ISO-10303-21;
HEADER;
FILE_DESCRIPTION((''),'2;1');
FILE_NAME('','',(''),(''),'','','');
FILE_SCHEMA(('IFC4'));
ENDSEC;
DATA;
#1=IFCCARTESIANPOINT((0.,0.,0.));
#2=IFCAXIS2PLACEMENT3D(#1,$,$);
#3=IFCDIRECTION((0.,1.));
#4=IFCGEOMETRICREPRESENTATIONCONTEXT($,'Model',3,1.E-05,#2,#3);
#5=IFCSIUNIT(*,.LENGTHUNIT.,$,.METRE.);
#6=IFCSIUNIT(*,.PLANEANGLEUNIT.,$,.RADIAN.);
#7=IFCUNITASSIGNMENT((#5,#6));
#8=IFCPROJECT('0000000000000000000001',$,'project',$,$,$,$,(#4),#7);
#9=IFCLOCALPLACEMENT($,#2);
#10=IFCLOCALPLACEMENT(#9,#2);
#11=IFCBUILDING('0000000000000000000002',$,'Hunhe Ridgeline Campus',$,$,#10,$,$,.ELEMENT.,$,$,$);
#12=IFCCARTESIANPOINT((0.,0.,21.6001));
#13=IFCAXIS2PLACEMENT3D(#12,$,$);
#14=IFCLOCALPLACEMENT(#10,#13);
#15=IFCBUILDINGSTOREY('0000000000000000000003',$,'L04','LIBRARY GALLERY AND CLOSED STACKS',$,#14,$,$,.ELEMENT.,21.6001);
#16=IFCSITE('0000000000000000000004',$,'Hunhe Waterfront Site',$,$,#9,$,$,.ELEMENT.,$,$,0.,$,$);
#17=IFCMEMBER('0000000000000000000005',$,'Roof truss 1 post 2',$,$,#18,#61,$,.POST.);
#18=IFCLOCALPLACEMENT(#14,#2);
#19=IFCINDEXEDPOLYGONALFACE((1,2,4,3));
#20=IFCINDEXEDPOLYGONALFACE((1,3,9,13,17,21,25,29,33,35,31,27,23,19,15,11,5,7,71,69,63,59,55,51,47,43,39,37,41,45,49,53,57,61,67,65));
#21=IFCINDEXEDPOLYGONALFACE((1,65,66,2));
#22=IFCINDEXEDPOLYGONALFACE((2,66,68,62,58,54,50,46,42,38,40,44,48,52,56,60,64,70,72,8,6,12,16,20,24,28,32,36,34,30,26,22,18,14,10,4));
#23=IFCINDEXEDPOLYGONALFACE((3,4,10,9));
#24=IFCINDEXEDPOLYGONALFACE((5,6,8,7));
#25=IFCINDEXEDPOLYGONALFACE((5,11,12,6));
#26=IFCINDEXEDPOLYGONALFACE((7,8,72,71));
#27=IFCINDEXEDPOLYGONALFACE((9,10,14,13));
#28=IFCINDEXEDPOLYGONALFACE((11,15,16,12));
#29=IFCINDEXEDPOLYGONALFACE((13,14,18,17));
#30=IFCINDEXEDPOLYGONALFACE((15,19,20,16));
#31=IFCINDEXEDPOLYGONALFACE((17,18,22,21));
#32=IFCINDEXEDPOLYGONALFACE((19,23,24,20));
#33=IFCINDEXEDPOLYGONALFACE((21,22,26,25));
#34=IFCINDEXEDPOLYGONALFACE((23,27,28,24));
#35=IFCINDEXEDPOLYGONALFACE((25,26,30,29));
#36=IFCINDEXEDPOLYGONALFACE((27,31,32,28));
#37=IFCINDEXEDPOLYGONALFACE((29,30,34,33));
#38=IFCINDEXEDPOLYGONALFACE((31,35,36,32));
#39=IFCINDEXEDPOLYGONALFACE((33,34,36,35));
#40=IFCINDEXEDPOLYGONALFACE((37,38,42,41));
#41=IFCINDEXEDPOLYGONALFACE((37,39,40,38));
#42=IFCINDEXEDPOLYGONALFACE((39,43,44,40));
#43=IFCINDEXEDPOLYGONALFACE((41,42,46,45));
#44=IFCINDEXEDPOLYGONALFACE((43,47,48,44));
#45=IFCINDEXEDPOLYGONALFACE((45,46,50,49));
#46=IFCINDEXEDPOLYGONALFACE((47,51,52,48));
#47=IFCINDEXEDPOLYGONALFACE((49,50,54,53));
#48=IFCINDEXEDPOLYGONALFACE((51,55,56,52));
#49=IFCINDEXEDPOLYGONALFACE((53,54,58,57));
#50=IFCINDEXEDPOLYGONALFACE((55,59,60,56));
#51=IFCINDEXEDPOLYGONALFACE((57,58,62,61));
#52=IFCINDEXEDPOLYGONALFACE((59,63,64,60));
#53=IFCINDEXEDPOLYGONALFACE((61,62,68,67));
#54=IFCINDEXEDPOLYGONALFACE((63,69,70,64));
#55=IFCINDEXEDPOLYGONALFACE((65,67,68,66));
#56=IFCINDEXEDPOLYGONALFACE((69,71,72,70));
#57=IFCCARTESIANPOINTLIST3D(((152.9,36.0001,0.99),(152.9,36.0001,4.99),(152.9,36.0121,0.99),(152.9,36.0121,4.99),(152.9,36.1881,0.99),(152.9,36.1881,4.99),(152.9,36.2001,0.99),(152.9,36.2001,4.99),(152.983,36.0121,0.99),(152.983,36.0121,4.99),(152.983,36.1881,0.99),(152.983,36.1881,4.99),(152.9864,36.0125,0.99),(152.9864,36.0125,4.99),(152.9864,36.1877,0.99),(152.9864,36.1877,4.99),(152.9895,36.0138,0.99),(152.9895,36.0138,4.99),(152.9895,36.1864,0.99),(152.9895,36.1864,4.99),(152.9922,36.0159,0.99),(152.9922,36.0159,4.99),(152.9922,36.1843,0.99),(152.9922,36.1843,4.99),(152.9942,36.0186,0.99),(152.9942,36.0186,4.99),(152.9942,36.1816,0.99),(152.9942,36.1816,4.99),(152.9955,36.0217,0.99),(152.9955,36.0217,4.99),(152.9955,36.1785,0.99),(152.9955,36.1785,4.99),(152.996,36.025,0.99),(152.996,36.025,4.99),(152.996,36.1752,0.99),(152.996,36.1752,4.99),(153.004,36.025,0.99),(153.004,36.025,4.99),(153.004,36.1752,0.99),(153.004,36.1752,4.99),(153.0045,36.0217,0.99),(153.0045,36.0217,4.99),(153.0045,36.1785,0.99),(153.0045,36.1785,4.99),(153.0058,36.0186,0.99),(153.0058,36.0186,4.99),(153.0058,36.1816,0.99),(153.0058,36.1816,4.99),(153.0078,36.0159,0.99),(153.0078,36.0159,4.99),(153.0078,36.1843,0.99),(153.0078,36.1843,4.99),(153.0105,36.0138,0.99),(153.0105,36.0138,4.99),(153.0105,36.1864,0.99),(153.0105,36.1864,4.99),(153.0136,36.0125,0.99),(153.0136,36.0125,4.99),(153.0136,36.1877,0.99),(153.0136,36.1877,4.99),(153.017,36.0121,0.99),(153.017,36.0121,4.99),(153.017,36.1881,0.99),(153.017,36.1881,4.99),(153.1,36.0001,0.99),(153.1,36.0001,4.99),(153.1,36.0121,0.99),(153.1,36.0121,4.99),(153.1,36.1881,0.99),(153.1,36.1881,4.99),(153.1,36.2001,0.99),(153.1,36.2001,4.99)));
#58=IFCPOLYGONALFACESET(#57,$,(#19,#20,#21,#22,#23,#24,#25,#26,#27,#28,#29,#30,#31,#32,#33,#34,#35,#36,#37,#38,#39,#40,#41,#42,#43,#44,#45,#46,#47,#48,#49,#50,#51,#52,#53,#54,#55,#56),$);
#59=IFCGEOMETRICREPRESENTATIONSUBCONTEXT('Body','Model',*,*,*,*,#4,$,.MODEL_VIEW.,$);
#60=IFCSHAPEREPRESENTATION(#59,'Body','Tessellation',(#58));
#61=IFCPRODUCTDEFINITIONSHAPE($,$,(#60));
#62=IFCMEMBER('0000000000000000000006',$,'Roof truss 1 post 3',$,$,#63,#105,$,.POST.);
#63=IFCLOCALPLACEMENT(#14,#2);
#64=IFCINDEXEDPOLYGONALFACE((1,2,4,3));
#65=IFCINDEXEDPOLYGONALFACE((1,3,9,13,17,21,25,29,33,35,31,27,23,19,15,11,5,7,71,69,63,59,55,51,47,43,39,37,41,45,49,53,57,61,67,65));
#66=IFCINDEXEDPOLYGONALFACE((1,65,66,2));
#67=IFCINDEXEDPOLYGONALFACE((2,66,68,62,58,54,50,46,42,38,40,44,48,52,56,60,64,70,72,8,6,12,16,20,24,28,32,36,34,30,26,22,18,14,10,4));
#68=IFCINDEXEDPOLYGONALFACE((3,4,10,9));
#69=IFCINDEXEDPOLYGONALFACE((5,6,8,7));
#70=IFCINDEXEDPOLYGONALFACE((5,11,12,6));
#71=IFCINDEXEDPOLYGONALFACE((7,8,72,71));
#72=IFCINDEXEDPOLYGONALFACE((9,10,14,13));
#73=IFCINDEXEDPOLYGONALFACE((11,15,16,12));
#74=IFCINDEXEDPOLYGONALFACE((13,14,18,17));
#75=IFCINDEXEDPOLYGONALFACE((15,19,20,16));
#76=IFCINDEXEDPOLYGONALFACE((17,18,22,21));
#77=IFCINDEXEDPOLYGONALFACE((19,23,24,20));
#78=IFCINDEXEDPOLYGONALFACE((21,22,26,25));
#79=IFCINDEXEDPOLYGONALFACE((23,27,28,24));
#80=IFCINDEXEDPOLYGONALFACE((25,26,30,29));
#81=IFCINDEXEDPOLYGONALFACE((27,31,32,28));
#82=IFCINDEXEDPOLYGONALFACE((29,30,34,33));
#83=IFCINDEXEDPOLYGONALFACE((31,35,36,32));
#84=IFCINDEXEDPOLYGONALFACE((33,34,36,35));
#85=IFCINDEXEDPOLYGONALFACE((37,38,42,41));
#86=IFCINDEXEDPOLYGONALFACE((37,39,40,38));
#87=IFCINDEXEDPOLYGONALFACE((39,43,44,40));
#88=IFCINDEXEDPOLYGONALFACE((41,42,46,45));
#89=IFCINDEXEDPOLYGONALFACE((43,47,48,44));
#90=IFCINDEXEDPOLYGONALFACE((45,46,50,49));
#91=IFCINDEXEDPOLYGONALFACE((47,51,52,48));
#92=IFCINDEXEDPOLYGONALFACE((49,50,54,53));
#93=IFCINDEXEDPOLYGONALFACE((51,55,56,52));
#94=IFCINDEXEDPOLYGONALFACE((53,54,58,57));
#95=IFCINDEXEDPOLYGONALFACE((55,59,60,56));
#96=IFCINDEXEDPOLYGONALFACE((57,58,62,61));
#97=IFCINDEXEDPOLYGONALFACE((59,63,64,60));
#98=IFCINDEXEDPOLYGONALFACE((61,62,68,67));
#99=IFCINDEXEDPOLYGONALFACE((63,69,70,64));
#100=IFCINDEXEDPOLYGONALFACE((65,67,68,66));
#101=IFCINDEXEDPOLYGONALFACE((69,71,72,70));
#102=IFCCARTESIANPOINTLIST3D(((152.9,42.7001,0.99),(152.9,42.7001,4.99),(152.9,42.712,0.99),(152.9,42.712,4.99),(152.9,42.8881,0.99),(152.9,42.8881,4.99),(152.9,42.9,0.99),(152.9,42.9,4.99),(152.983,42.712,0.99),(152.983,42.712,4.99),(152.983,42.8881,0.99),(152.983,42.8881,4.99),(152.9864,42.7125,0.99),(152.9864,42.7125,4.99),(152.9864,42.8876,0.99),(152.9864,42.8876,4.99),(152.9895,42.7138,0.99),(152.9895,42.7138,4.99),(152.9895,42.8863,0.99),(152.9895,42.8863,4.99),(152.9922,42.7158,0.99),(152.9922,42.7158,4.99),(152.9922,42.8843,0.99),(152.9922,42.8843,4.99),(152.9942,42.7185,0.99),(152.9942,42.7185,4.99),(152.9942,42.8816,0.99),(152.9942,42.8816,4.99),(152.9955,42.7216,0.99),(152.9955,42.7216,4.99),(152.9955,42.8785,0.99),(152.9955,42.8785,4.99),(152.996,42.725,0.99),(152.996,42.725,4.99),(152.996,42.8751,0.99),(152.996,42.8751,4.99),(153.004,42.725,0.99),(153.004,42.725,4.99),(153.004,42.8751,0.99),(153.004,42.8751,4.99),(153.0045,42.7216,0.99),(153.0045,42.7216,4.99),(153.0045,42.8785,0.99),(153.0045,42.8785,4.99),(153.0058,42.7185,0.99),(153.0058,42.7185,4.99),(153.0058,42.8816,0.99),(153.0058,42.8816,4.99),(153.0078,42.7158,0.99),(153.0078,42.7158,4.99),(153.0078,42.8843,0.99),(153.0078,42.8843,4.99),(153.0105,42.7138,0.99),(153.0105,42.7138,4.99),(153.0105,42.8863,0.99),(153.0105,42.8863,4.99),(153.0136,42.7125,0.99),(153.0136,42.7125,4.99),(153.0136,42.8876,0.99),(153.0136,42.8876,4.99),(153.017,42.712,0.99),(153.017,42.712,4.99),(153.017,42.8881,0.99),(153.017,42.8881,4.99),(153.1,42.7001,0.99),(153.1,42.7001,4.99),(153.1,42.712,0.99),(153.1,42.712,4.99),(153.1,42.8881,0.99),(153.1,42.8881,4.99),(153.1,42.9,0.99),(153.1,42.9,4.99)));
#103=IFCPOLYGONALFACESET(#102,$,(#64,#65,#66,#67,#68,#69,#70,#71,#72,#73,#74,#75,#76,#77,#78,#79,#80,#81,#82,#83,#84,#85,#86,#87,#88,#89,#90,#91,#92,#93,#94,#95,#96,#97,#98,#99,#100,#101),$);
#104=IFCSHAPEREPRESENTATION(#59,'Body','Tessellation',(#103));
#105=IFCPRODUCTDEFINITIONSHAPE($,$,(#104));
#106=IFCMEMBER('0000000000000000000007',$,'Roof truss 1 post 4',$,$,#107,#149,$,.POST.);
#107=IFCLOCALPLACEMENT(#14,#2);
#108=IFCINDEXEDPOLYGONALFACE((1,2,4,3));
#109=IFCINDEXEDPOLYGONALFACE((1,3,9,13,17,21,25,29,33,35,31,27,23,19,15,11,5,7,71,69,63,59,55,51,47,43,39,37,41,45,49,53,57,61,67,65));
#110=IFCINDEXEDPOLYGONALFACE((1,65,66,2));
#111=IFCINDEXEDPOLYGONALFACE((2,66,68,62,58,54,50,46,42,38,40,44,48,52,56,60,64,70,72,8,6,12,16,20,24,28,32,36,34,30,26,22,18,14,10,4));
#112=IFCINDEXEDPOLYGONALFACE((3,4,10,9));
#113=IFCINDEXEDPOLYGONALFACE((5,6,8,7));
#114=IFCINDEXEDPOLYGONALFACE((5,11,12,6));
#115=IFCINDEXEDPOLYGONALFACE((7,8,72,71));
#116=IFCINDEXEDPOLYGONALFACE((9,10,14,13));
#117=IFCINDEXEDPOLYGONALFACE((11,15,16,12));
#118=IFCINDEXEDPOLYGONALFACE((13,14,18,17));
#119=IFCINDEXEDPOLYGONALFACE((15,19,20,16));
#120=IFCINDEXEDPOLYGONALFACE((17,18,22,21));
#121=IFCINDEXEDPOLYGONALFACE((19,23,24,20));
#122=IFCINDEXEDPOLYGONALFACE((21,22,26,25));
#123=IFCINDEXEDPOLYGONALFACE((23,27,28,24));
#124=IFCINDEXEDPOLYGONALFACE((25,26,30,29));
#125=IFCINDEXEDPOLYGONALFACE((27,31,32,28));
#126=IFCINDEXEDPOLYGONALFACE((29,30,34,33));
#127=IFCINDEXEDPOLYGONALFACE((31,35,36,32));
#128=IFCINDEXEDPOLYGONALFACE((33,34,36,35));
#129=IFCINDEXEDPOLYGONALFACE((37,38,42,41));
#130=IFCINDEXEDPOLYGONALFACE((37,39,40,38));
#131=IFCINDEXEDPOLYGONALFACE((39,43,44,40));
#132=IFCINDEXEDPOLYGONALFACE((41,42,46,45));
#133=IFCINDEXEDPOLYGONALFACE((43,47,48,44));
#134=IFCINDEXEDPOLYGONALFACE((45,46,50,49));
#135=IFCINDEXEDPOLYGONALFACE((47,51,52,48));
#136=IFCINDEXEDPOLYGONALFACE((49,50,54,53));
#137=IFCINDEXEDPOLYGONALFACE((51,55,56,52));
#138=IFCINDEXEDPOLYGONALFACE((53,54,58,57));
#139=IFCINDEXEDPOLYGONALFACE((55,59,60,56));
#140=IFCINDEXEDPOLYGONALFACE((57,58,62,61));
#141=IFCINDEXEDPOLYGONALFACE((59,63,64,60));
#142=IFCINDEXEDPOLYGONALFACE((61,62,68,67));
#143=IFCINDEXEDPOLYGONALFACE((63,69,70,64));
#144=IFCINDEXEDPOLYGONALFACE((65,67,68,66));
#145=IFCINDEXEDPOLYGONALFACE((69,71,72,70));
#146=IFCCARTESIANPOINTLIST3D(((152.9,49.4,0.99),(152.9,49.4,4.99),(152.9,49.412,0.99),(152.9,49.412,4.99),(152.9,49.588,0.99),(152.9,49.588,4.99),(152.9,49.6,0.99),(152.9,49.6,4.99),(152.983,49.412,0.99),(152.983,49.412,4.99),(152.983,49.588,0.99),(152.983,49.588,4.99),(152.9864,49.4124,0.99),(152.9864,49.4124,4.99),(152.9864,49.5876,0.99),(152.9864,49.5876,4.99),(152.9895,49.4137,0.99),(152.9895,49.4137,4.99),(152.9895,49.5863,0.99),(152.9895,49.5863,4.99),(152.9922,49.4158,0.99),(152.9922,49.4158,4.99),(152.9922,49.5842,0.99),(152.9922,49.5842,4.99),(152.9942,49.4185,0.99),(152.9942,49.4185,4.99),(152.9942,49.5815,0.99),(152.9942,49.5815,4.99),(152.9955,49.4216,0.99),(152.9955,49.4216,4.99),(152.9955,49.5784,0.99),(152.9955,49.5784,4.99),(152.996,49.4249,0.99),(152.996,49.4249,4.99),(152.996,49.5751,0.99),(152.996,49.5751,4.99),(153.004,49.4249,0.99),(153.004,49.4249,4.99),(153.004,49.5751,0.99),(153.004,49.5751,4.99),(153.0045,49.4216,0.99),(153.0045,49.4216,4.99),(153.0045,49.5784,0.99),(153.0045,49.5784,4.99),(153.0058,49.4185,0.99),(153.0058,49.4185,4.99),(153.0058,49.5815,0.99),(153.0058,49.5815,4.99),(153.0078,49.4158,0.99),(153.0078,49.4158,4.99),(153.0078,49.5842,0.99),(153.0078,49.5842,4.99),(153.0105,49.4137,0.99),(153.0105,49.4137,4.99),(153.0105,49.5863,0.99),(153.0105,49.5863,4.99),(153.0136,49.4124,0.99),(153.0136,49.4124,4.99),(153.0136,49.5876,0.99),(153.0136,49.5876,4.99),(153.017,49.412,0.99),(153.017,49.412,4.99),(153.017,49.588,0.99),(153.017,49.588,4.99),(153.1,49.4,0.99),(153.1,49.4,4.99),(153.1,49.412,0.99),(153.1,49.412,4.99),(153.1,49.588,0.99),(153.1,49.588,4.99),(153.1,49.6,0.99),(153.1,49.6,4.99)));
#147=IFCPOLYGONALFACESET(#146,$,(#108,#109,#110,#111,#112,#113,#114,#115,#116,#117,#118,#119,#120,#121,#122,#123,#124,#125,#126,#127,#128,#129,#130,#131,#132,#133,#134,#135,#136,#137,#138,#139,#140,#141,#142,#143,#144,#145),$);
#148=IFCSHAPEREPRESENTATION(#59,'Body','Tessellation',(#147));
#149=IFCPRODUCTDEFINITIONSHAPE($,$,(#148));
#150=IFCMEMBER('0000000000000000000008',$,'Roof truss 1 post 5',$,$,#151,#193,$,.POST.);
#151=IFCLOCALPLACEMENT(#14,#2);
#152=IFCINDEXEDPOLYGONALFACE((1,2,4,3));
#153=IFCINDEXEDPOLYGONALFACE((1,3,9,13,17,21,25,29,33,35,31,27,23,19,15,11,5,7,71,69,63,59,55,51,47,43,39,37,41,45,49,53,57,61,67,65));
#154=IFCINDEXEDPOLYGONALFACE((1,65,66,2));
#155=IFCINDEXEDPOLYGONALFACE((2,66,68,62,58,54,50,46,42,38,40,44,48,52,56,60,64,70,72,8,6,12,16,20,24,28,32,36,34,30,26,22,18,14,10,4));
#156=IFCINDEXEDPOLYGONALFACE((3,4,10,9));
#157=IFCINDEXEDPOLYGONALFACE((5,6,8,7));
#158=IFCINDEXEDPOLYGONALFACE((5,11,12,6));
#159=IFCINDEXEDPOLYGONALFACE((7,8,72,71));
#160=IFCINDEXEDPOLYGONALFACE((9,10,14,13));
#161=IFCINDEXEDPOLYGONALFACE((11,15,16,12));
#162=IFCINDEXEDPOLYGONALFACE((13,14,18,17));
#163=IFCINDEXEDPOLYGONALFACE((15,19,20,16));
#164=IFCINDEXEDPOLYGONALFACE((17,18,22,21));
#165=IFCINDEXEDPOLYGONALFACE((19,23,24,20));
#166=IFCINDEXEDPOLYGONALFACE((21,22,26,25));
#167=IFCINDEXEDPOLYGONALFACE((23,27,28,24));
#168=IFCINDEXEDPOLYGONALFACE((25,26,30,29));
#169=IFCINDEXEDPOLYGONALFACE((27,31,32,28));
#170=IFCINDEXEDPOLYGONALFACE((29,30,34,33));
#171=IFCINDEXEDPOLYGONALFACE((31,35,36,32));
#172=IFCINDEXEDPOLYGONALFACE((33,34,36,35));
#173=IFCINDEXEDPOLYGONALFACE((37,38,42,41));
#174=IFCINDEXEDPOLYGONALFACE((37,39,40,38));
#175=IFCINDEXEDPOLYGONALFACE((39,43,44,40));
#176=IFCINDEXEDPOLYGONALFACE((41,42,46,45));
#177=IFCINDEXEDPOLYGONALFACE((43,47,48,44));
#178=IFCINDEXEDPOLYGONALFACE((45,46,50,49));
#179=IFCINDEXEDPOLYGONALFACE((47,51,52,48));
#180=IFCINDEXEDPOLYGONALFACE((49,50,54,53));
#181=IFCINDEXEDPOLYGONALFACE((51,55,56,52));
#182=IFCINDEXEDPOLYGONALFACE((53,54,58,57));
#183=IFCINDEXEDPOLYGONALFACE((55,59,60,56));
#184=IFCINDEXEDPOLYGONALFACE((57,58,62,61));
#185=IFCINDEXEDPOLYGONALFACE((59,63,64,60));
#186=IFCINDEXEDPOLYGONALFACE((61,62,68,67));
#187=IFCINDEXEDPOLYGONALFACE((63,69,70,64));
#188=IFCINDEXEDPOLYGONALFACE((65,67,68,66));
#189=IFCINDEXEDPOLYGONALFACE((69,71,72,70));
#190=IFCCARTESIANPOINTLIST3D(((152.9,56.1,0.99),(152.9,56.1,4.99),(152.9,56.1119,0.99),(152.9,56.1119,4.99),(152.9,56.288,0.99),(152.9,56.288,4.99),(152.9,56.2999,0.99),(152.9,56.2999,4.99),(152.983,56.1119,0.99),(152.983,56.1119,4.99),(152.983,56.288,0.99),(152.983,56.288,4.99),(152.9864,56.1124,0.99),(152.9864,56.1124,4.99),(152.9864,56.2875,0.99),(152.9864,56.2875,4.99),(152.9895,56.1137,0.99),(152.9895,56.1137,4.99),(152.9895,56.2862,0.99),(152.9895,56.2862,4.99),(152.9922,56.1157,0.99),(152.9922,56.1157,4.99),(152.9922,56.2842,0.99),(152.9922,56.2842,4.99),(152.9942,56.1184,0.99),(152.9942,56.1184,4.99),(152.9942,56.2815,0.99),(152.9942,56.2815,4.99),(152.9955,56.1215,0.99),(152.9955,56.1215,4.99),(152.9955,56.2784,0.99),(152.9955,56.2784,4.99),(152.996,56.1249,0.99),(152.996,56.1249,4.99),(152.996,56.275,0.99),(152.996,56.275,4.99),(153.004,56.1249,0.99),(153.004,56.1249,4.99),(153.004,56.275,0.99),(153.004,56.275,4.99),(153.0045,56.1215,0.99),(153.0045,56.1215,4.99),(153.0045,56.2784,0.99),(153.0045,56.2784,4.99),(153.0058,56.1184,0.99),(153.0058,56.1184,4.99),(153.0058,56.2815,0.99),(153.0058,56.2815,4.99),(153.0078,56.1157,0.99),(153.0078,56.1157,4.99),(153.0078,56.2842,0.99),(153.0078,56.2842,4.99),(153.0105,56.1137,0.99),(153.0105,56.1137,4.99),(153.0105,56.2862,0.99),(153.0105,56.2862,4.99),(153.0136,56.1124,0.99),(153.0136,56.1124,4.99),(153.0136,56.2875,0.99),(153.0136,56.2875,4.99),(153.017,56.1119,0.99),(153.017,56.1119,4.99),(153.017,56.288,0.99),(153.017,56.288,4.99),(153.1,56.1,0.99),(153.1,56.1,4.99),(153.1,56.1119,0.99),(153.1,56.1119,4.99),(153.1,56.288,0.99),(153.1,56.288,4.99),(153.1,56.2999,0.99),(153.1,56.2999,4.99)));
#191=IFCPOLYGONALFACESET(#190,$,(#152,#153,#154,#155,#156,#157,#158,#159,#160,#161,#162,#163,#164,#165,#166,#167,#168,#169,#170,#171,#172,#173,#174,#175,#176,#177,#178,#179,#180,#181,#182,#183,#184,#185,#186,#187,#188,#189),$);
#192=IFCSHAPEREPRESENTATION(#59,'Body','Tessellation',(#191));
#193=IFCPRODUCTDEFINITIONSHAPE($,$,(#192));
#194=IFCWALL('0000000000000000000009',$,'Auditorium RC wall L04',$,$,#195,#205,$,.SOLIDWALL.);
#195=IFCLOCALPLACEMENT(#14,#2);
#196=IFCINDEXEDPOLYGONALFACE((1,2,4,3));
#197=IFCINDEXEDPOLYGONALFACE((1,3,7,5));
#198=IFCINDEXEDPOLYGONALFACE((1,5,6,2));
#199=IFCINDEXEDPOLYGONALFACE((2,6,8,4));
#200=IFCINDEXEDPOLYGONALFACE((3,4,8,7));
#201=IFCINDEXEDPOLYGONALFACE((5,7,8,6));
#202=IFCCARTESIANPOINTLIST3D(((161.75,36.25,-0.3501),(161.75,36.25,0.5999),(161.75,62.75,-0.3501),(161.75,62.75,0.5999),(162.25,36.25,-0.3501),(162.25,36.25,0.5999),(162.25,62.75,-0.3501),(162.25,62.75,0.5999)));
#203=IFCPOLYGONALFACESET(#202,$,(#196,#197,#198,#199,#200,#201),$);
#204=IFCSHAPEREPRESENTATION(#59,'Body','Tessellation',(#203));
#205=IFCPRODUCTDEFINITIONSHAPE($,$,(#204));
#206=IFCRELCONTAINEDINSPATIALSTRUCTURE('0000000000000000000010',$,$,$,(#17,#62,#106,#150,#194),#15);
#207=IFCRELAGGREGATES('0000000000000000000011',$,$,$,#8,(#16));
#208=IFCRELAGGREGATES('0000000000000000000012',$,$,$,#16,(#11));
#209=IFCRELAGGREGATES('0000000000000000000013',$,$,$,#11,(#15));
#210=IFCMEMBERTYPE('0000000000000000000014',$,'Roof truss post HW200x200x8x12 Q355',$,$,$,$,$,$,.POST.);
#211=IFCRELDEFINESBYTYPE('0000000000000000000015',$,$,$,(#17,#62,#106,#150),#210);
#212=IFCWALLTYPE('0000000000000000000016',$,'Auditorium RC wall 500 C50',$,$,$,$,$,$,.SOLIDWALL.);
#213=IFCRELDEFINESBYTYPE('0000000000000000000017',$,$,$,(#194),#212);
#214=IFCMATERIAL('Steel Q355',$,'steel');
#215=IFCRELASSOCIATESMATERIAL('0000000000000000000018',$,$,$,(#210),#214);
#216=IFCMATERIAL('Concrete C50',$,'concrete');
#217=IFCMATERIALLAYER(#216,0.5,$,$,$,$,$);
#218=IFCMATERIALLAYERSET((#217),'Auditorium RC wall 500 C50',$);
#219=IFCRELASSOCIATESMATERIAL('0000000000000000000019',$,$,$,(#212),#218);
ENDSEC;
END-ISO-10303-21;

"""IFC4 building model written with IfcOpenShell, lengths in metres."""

from ifc_helpers import new_model, si_unit, direction, frame, frame_2d, origin, origin_2d, place, context, subcontext, project, spatial, rectangle, i_section, extrude, material, layer, layer_set, material_profile, profile_set, type_object, element, save


model = new_model("IFC4")

# Units and contexts
model_context = context("Model", 3, precision=1e-05, world=origin(), true_north=direction((0.0, 1.0)))
body_context = subcontext(model_context, "Body", "Model", "MODEL_VIEW")
ifc_project = project(units=[si_unit("LENGTHUNIT", "METRE"), si_unit("PLANEANGLEUNIT", "RADIAN")], contexts=[model_context])

# Site, building, storey
site_placement = place(None, origin())
site = spatial("IfcSite", under=ifc_project, at=site_placement, Name="Hunhe Waterfront Site", CompositionType="ELEMENT", RefElevation=0.0)
building_placement = place(site_placement, origin())
building = spatial("IfcBuilding", under=site, at=building_placement, Name="Hunhe Ridgeline Campus", CompositionType="ELEMENT")
storey_placement = place(building_placement, frame((0.0, 0.0, 21.6001)))
storey = spatial("IfcBuildingStorey", under=building, at=storey_placement, Name="L04", Description="LIBRARY GALLERY AND CLOSED STACKS", CompositionType="ELEMENT", Elevation=21.6001)

# Members
ifc_material_1 = material(Name="Steel Q355", Category="steel")
ifc_material_profile_1 = material_profile(ifc_material_1, i_section(OverallWidth=0.2, OverallDepth=0.2, WebThickness=0.0081, FlangeThickness=0.012, FilletRadius=0.0129, at=origin_2d()))
ifc_profile_set_1 = profile_set([ifc_material_profile_1], Name="Steel Q355")
member_type_1 = type_object("IfcMemberType", Name="Roof truss post HW200x200x8x12 Q355", PredefinedType="POST", material=ifc_profile_set_1)
for number, where, z_axis, x_axis, name in (
    (1, (153.0, 36.1001, 0.99), (0.0, 0.0, 1.0), (1.0, 0.0, 0.0), "Roof truss 1 post 2"),
    (2, (153.0, 42.8, 0.99), (0.0, 0.0, 1.0), (1.0, 0.0, 0.0), "Roof truss 1 post 3"),
    (3, (153.0, 49.5, 0.99), (0.0, 0.0, 1.0), (1.0, 0.0, 0.0), "Roof truss 1 post 4"),
    (4, (153.0, 56.2, 0.99), (0.0, 0.0, 1.0), (1.0, 0.0, 0.0), "Roof truss 1 post 5"),
):
    element("IfcMember", number, at=place(storey_placement, frame(where, z_axis=z_axis, x_axis=x_axis)), inside=storey, type_object=member_type_1, Name=name, PredefinedType="POST", context=body_context, shape_type="SweptSolid", body=[
        extrude(i_section(OverallWidth=0.2, OverallDepth=0.2, WebThickness=0.0081, FlangeThickness=0.012, FilletRadius=0.0129, at=origin_2d()), origin(), (0.0, 0.0, 1.0), 4.0),
    ])

# Wall
ifc_material_2 = material(Name="Concrete C50", Category="concrete")
ifc_layer_1 = layer(ifc_material_2, 0.5)
ifc_layer_set_1 = layer_set([ifc_layer_1], Name="Auditorium RC wall 500 C50")
wall_type_1 = type_object("IfcWallType", Name="Auditorium RC wall 500 C50", PredefinedType="SOLIDWALL", material=ifc_layer_set_1)
wall_1_placement = place(storey_placement, frame((162.0, 36.25, -0.3501), z_axis=(0.0, 0.0, 1.0), x_axis=(0.0, 1.0, 0.0)))
element("IfcWall", 5, at=wall_1_placement, inside=storey, type_object=wall_type_1, Name="Auditorium RC wall L04", PredefinedType="SOLIDWALL", context=body_context, shape_type="SweptSolid", body=[
    extrude(rectangle(XDim=26.5, YDim=0.5, at=frame_2d((13.25, 0.0))), origin(), (0.0, 0.0, 1.0), 0.95),
])

save(model, "model.ifc")
